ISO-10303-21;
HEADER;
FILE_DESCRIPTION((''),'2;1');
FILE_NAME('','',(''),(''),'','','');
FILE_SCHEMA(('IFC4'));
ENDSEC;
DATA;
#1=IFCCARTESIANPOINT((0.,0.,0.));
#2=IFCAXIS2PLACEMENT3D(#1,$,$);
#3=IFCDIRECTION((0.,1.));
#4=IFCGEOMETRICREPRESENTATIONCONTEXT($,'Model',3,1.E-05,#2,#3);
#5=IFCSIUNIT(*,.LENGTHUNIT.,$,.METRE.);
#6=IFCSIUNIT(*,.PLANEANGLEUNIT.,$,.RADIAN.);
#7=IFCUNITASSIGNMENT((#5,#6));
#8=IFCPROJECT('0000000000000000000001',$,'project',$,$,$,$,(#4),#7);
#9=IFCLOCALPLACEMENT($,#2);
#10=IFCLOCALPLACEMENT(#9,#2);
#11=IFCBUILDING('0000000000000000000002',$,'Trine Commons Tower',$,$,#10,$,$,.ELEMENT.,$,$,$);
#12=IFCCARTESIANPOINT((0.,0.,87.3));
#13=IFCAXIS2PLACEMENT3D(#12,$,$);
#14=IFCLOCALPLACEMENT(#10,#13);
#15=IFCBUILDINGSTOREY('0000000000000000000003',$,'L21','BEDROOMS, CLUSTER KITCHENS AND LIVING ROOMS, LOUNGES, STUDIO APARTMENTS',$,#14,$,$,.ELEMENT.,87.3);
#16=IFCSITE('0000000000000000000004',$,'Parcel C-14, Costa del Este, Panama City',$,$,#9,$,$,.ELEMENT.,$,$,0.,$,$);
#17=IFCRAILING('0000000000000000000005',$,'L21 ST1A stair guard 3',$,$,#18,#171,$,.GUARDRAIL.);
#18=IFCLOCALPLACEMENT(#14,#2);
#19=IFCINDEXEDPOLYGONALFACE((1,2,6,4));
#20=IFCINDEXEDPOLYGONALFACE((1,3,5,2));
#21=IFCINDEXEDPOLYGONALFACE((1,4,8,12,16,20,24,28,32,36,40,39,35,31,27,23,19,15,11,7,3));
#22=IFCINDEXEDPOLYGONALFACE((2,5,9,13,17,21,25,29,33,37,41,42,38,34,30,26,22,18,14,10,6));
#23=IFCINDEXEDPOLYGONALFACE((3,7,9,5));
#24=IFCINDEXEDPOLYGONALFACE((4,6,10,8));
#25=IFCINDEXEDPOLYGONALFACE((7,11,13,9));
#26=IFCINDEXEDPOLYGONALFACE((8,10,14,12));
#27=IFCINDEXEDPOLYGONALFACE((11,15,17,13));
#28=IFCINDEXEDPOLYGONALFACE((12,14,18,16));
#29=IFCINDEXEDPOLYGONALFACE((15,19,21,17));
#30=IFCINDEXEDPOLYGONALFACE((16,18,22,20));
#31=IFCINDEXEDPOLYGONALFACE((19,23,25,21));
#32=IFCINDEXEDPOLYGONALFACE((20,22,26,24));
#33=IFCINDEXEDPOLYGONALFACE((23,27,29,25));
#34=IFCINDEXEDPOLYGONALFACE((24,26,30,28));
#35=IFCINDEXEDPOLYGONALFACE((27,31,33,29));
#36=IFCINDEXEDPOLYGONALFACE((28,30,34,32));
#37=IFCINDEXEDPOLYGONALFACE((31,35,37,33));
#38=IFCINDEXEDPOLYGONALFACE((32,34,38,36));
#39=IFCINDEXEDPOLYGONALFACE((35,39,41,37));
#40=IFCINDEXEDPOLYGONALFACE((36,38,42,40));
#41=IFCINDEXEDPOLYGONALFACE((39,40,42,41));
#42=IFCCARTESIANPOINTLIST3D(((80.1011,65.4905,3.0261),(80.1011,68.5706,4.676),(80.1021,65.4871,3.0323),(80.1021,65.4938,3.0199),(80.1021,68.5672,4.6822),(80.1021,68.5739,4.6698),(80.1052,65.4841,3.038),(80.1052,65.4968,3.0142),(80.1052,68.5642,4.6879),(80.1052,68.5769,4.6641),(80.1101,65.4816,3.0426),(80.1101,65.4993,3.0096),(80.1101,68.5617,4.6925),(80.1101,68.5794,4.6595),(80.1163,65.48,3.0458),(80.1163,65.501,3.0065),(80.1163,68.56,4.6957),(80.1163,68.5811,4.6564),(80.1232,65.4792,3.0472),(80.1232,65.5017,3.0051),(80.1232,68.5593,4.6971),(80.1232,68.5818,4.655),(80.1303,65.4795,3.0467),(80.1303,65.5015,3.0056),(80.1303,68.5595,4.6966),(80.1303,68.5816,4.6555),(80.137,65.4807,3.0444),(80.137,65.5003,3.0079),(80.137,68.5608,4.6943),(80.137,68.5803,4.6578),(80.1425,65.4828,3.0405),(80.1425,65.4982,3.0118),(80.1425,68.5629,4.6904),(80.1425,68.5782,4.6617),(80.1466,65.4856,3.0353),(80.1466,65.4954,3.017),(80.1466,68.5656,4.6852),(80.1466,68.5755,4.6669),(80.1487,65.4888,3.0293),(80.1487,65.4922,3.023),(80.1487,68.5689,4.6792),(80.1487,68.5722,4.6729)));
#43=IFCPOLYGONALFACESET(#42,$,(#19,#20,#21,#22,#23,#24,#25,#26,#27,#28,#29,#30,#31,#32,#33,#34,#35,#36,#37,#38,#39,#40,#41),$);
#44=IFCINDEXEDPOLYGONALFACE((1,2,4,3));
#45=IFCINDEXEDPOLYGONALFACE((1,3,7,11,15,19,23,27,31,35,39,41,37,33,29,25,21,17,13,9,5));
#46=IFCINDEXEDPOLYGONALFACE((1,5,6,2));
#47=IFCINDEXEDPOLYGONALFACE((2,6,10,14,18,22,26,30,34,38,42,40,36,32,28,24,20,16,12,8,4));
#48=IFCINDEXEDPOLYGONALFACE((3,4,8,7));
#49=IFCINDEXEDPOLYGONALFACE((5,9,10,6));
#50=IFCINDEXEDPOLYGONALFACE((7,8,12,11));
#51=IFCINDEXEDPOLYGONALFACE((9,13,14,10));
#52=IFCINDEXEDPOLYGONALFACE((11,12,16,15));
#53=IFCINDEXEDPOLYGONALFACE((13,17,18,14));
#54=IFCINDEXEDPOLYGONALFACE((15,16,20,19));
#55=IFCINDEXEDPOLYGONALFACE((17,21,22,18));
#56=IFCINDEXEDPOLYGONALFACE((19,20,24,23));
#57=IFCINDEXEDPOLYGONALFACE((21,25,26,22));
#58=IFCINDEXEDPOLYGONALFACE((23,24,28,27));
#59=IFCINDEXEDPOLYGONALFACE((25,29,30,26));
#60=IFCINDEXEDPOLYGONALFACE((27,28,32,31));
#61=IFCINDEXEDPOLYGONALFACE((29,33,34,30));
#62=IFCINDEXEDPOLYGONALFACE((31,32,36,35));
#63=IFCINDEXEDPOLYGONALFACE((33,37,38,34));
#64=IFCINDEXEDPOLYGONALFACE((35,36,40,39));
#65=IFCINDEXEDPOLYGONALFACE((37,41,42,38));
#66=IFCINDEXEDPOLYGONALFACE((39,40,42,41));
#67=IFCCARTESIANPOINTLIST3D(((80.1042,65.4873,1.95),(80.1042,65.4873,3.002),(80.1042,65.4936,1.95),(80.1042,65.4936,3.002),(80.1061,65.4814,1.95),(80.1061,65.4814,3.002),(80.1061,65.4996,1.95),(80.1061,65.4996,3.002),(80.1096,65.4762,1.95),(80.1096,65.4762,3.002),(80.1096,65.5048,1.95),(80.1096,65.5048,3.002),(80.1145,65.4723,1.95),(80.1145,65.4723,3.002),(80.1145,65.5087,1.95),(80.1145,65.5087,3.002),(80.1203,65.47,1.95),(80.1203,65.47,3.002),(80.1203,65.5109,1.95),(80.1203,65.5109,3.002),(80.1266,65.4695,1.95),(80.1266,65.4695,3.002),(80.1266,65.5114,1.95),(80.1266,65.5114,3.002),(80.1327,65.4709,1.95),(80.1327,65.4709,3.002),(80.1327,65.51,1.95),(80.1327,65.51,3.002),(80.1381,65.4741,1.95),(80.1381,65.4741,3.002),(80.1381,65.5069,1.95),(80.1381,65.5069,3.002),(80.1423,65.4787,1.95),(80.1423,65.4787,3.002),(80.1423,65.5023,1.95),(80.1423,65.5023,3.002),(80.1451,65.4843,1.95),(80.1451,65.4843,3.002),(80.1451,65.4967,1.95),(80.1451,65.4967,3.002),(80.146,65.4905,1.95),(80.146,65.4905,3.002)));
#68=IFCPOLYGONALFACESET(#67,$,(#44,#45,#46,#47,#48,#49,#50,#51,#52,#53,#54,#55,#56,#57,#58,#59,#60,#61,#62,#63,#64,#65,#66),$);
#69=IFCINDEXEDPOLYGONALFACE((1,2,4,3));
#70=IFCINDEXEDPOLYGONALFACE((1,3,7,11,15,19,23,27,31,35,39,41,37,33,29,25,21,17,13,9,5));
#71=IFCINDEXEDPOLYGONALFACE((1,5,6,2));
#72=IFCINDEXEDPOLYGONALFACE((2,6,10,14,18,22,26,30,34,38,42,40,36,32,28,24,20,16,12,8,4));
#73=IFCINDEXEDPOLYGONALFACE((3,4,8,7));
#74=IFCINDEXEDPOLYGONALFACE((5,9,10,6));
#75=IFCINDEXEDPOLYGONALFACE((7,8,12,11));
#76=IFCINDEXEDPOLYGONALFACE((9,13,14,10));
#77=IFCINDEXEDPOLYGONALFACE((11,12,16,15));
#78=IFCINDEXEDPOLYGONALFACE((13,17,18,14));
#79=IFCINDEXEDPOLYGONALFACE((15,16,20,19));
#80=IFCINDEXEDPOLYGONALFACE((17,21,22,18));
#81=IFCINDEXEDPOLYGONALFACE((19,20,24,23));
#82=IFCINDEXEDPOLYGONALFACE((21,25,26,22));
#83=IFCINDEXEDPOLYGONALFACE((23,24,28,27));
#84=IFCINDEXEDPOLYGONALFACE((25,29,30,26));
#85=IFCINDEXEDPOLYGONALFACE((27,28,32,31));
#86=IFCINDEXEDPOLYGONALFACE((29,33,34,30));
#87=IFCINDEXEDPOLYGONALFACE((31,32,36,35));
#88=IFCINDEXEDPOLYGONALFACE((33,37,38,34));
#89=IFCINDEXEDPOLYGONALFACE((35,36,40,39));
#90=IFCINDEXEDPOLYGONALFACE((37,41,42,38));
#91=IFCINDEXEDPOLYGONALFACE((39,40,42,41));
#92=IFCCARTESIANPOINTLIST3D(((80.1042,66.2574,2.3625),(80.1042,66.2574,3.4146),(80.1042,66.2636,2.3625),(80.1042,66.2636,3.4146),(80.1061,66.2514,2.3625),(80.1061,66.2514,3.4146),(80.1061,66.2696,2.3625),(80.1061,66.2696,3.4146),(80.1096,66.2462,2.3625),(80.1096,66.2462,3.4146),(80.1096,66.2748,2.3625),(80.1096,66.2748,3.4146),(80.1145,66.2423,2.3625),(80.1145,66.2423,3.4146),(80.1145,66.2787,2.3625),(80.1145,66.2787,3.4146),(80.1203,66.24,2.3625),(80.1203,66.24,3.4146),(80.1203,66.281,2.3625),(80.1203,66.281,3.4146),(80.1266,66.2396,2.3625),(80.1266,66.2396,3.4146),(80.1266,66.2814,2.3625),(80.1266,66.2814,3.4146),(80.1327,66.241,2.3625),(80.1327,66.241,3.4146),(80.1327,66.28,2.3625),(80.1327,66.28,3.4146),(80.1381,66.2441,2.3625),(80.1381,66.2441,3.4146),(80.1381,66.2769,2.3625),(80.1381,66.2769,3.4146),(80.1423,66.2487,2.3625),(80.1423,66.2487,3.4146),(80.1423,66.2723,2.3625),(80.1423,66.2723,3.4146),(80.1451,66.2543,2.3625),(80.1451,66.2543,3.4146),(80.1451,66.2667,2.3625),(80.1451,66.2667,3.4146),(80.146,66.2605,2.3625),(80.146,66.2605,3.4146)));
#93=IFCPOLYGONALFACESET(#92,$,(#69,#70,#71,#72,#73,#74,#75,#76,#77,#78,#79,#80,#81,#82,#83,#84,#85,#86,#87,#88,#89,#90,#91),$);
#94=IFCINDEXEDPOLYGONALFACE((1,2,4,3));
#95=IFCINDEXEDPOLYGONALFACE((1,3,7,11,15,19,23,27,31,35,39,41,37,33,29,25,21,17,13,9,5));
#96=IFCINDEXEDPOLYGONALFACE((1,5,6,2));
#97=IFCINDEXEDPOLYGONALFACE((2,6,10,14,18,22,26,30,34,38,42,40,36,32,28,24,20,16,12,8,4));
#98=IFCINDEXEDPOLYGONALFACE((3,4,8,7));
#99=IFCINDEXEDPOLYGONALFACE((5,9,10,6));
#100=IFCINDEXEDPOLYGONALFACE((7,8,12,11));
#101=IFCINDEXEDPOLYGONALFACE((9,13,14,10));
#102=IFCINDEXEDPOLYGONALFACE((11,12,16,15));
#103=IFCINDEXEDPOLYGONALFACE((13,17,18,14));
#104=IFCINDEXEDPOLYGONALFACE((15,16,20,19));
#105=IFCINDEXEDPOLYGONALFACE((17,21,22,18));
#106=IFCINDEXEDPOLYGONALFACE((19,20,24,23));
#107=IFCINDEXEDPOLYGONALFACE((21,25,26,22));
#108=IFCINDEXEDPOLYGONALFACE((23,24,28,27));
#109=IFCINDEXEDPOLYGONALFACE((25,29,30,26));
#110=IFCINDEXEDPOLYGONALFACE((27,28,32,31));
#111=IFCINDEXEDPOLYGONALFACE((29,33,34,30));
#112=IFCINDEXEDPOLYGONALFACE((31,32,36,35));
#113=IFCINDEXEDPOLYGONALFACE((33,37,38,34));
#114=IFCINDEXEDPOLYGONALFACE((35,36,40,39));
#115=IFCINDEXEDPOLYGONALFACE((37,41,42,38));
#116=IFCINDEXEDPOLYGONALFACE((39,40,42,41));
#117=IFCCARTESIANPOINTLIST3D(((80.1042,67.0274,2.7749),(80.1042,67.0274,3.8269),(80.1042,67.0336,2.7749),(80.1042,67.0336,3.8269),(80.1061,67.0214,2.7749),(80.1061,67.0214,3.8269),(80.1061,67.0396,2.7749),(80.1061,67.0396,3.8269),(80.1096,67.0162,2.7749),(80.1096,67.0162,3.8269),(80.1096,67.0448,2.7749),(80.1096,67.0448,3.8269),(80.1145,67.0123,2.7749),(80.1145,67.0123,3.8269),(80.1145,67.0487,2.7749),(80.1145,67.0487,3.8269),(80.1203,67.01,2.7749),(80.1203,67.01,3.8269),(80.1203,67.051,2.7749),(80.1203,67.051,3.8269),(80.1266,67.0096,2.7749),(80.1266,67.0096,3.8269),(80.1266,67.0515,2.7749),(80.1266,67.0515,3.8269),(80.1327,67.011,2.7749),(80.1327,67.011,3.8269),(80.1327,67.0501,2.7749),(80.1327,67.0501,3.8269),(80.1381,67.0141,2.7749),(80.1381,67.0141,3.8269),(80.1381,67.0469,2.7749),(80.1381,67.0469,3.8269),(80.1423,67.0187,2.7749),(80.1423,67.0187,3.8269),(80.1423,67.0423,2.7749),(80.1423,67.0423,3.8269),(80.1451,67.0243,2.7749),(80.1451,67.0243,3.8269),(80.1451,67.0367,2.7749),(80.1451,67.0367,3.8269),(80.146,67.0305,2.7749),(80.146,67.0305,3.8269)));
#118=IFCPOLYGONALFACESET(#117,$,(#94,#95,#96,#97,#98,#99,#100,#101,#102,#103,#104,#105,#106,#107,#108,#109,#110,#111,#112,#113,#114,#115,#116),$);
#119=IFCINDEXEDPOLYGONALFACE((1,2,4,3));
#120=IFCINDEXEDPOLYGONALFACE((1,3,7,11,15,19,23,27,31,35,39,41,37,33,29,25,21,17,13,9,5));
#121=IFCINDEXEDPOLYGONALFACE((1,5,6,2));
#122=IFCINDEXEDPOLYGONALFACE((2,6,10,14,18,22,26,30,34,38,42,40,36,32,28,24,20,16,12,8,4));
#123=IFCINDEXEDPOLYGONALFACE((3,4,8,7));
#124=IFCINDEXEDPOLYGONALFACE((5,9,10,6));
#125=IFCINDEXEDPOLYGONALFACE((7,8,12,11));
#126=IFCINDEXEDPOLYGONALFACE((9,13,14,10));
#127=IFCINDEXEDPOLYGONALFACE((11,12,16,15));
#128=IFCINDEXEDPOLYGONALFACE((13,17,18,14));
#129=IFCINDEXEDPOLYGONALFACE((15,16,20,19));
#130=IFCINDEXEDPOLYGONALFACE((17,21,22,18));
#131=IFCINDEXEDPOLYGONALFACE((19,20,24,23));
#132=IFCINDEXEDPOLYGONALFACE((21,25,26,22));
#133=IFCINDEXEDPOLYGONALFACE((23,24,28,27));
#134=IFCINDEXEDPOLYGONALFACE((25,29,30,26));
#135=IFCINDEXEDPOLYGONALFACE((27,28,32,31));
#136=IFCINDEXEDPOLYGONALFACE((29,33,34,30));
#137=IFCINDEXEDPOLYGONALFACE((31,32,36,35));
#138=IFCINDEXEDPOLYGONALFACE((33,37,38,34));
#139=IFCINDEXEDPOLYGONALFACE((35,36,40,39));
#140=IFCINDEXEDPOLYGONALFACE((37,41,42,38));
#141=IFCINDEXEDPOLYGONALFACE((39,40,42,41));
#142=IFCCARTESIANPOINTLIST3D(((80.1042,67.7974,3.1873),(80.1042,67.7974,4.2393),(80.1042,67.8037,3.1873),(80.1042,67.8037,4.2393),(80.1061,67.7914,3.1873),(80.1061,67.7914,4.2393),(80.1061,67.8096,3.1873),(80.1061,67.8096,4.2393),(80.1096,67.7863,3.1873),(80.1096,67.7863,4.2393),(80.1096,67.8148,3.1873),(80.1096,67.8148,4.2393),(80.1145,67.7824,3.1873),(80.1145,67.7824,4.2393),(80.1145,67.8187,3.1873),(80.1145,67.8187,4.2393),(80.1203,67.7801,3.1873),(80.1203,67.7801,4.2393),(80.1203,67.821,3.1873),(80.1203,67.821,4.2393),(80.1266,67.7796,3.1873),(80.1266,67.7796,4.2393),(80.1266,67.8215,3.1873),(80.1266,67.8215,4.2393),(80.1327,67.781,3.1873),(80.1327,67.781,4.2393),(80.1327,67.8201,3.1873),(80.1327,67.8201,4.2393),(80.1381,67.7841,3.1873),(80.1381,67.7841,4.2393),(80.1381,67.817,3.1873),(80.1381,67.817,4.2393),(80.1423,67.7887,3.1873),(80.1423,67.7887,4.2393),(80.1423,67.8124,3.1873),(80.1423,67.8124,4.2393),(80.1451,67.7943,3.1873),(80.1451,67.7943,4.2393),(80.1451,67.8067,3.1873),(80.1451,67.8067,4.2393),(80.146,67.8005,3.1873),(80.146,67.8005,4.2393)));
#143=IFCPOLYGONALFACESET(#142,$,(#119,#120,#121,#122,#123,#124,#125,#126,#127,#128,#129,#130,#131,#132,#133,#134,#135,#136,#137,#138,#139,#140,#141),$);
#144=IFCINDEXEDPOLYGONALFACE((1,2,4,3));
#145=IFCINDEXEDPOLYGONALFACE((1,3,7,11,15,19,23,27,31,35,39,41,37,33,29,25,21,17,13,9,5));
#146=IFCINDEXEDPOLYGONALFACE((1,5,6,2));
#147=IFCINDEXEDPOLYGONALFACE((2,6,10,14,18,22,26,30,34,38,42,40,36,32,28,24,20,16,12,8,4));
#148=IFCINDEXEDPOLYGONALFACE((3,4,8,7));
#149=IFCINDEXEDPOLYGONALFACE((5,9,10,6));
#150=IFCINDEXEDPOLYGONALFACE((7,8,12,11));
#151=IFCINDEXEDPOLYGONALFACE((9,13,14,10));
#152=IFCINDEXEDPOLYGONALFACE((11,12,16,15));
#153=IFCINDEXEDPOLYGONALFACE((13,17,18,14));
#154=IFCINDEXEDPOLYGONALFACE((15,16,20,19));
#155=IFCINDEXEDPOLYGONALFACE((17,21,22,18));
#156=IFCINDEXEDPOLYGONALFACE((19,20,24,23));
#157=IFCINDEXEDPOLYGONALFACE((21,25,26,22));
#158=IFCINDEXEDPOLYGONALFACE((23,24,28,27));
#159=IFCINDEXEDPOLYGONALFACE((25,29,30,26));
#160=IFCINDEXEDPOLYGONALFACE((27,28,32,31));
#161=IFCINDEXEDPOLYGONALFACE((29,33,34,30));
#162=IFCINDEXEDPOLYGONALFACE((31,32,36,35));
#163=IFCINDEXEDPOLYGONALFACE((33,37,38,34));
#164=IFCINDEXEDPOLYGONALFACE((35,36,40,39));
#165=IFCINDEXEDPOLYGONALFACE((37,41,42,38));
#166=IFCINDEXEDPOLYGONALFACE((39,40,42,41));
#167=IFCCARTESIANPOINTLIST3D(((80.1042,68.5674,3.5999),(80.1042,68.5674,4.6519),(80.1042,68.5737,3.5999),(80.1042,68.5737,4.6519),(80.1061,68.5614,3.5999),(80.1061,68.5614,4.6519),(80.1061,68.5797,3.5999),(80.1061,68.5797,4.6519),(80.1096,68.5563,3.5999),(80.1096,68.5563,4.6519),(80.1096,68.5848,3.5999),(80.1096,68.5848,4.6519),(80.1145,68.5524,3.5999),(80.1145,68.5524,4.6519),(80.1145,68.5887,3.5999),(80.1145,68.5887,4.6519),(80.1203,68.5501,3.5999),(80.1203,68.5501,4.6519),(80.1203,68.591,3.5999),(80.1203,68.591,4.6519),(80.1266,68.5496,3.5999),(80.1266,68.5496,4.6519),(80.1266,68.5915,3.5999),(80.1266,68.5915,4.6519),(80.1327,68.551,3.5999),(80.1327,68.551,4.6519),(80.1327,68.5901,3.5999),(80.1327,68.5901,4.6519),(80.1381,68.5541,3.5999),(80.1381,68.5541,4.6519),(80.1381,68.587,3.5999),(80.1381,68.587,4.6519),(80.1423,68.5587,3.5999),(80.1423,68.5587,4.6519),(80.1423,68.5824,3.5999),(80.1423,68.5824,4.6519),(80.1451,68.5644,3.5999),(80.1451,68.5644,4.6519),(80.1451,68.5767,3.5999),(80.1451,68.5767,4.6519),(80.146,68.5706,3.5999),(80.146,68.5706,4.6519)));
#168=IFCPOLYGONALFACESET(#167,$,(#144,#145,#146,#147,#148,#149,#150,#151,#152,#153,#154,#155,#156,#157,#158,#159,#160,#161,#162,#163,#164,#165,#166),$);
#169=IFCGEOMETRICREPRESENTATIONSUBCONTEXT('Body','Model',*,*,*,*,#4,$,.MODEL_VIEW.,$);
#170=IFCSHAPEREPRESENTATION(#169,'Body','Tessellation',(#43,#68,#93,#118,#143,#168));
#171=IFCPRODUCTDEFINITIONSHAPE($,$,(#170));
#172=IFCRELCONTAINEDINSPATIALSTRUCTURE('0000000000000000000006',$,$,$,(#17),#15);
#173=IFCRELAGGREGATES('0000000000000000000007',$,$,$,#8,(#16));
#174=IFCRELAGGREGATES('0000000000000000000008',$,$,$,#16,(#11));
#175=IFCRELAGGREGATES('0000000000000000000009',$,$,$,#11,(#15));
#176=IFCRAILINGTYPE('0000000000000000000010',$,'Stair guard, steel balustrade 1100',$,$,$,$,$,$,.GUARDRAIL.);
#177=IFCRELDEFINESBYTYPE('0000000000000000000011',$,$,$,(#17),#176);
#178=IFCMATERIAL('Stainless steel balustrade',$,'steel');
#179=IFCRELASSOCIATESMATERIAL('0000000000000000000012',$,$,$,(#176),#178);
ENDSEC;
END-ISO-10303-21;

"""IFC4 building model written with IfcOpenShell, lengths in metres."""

from ifc_helpers import new_model, si_unit, direction, frame, origin, origin_2d, place, context, subcontext, project, spatial, circle, extrude, material, type_object, element, save


model = new_model("IFC4")

# Units and contexts
model_context = context("Model", 3, precision=1e-05, world=origin(), true_north=direction((0.0, 1.0)))
body_context = subcontext(model_context, "Body", "Model", "MODEL_VIEW")
ifc_project = project(units=[si_unit("LENGTHUNIT", "METRE"), si_unit("PLANEANGLEUNIT", "RADIAN")], contexts=[model_context])

# Site, building, storey
site_placement = place(None, origin())
site = spatial("IfcSite", under=ifc_project, at=site_placement, Name="Parcel C-14, Costa del Este, Panama City", CompositionType="ELEMENT", RefElevation=0.0)
building_placement = place(site_placement, origin())
building = spatial("IfcBuilding", under=site, at=building_placement, Name="Trine Commons Tower", CompositionType="ELEMENT")
storey_placement = place(building_placement, frame((0.0, 0.0, 87.3)))
storey = spatial("IfcBuildingStorey", under=building, at=storey_placement, Name="L21", Description="BEDROOMS, CLUSTER KITCHENS AND LIVING ROOMS, LOUNGES, STUDIO APARTMENTS", CompositionType="ELEMENT", Elevation=87.3)

# Railing
ifc_material_1 = material(Name="Stainless steel balustrade", Category="steel")
railing_type_1 = type_object("IfcRailingType", Name="Stair guard, steel balustrade 1100", PredefinedType="GUARDRAIL", material=ifc_material_1)
railing_1_placement = place(storey_placement, frame((80.125, 65.4905, 1.95)))
element("IfcRailing", 1, at=railing_1_placement, inside=storey, type_object=railing_type_1, Name="L21 ST1A stair guard 3", PredefinedType="GUARDRAIL", context=body_context, shape_type="SweptSolid", body=[
    extrude(circle(Radius=0.0239, at=origin_2d()), frame((0.0, 0.0, 1.0762), z_axis=(0.0, 0.881497, 0.47219), x_axis=(-1.0, 0.0, 0.0)), (0.0, 0.0, 1.0), 3.4941),
    extrude(circle(Radius=0.021, at=origin_2d()), origin(), (0.0, 0.0, 1.0), 1.052),
    extrude(circle(Radius=0.021, at=origin_2d()), frame((0.0, 0.77, 0.4126)), (0.0, 0.0, 1.0), 1.052),
    extrude(circle(Radius=0.021, at=origin_2d()), frame((0.0, 1.54, 0.825)), (0.0, 0.0, 1.0), 1.052),
    extrude(circle(Radius=0.021, at=origin_2d()), frame((0.0, 2.3101, 1.2373)), (0.0, 0.0, 1.0), 1.052),
    extrude(circle(Radius=0.021, at=origin_2d()), frame((0.0, 3.0801, 1.6499)), (0.0, 0.0, 1.0), 1.052),
])

save(model, "model.ifc")
